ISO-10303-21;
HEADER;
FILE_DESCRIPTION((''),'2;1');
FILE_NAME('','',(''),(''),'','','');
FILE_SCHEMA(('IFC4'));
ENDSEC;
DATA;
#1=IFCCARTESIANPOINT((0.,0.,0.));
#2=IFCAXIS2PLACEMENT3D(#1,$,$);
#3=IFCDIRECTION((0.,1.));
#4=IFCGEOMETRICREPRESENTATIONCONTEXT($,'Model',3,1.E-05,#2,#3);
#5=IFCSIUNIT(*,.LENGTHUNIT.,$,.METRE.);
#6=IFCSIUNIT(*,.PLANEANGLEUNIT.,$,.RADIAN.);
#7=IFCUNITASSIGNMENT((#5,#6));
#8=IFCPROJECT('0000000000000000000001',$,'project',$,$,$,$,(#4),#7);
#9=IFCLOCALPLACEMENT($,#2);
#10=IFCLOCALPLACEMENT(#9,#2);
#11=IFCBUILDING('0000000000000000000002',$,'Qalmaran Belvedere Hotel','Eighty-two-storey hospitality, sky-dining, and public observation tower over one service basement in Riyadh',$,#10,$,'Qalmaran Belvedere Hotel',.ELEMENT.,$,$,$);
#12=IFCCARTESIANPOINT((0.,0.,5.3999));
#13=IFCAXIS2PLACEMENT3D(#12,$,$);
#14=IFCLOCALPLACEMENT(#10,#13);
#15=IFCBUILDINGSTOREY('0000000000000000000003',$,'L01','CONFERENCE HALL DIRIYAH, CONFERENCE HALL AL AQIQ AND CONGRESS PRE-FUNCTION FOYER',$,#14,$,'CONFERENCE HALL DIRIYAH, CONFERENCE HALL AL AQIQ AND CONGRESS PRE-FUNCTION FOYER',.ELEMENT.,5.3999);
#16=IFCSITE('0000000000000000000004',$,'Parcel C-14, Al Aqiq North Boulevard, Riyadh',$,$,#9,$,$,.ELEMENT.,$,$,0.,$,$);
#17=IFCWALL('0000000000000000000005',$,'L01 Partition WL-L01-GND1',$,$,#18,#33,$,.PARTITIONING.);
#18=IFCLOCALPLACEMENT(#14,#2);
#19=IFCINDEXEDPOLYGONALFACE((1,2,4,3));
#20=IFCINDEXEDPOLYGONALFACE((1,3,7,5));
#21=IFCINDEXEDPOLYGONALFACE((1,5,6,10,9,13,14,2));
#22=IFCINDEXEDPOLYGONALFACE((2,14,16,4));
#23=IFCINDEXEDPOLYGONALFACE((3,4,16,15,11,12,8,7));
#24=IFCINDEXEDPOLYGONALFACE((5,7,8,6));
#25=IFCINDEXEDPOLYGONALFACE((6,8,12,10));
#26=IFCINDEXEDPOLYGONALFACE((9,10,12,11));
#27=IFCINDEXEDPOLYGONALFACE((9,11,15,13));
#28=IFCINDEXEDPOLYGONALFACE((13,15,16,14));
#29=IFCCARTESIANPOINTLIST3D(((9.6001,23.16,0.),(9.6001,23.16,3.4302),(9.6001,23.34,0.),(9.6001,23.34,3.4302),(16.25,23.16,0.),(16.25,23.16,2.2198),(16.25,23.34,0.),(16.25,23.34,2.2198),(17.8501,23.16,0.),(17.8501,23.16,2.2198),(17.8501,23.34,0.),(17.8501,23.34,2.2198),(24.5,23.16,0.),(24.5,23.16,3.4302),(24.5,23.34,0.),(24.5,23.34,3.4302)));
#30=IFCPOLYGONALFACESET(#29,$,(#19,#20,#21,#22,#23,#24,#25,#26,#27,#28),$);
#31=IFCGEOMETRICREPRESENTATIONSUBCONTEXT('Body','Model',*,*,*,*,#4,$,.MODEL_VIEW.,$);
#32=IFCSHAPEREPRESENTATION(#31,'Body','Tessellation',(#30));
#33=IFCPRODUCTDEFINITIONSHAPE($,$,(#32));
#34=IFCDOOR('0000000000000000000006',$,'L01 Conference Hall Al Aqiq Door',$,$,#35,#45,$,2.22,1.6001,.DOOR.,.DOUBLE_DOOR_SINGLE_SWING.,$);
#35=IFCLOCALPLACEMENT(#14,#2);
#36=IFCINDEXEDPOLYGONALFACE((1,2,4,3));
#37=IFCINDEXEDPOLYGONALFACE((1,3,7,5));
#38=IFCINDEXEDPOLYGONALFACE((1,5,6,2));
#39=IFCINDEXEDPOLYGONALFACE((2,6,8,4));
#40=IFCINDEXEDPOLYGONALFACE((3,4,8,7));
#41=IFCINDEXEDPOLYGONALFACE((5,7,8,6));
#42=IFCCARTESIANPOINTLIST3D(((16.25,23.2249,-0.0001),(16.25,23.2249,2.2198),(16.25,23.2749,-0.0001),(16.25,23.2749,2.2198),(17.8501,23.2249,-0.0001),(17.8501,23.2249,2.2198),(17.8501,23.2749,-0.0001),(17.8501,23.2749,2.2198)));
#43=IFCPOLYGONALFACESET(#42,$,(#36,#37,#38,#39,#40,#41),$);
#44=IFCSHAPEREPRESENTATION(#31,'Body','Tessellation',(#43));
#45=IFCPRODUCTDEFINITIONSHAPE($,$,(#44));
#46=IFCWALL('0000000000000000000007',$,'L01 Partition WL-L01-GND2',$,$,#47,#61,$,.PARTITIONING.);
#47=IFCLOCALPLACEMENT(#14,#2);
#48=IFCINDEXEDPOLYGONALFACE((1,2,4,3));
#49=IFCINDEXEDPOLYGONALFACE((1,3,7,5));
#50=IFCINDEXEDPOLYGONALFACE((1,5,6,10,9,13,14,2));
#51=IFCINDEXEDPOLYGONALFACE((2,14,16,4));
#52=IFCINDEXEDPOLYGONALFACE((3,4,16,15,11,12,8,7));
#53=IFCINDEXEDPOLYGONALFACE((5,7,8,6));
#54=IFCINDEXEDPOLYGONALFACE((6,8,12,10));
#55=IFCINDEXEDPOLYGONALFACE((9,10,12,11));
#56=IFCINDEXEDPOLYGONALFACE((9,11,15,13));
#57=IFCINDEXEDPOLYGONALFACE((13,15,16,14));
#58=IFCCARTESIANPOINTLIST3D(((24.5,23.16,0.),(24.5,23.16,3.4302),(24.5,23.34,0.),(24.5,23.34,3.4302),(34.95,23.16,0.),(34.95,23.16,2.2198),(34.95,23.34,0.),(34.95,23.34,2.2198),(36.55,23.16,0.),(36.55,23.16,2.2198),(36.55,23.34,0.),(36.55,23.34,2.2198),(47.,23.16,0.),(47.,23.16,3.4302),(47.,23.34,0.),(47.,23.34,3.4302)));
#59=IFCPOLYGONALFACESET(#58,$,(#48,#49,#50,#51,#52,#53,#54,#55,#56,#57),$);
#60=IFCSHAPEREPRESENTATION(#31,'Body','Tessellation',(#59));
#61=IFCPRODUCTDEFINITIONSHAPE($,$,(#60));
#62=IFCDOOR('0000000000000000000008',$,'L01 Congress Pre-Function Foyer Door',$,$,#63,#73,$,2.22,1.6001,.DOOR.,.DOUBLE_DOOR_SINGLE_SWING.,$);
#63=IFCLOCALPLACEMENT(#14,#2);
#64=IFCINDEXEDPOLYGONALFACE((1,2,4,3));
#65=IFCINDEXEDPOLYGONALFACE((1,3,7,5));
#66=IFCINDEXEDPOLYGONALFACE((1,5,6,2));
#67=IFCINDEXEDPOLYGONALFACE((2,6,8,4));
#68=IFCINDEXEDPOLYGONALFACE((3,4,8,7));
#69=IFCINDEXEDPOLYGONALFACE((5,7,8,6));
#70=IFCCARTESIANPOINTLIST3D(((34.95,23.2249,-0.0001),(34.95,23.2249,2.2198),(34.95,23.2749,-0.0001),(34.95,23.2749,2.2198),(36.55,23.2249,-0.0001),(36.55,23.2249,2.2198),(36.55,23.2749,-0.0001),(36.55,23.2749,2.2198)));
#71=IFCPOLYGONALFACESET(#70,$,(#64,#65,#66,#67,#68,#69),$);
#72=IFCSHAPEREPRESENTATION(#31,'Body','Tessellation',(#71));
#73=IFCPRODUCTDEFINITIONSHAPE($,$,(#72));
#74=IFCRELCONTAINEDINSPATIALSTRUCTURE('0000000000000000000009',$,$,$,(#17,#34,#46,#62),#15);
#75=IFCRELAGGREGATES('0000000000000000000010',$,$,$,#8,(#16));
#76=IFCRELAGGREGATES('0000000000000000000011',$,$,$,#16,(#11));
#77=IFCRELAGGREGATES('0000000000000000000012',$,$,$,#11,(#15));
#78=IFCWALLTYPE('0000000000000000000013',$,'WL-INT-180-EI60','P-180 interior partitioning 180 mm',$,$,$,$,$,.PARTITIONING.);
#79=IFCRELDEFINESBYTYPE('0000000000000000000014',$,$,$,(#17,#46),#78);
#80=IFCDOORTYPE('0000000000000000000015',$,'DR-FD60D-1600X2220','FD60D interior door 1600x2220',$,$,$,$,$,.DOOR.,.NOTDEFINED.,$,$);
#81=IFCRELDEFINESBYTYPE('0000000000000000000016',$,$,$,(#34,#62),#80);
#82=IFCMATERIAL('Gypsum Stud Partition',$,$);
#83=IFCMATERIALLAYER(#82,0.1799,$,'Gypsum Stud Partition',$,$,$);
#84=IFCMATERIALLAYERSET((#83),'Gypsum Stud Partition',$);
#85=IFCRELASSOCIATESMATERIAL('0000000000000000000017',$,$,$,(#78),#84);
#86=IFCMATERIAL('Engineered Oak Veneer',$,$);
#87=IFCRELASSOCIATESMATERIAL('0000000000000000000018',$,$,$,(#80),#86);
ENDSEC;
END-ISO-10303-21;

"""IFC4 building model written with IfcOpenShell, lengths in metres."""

from ifc_helpers import new_model, si_unit, direction, frame, frame_2d, origin, place, context, subcontext, project, spatial, rectangle, extrude, material, layer, layer_set, type_object, element, fill, save


model = new_model("IFC4")

# Units and contexts
model_context = context("Model", 3, precision=1e-05, world=origin(), true_north=direction((0.0, 1.0)))
body_context = subcontext(model_context, "Body", "Model", "MODEL_VIEW")
ifc_project = project(units=[si_unit("LENGTHUNIT", "METRE"), si_unit("PLANEANGLEUNIT", "RADIAN")], contexts=[model_context])

# Site, building, storey
site_placement = place(None, origin())
site = spatial("IfcSite", under=ifc_project, at=site_placement, Name="Parcel C-14, Al Aqiq North Boulevard, Riyadh", CompositionType="ELEMENT", RefElevation=0.0)
building_placement = place(site_placement, origin())
building = spatial("IfcBuilding", under=site, at=building_placement, Name="Qalmaran Belvedere Hotel", Description="Eighty-two-storey hospitality, sky-dining, and public observation tower over one service basement in Riyadh", LongName="Qalmaran Belvedere Hotel", CompositionType="ELEMENT")
storey_placement = place(building_placement, frame((0.0, 0.0, 5.3999)))
storey = spatial("IfcBuildingStorey", under=building, at=storey_placement, Name="L01", Description="CONFERENCE HALL DIRIYAH, CONFERENCE HALL AL AQIQ AND CONGRESS PRE-FUNCTION FOYER", LongName="CONFERENCE HALL DIRIYAH, CONFERENCE HALL AL AQIQ AND CONGRESS PRE-FUNCTION FOYER", CompositionType="ELEMENT", Elevation=5.3999)

# Shared definitions
ifc_material_1 = material(Name="Gypsum Stud Partition")

# Walls, openings, doors
ifc_layer_1 = layer(ifc_material_1, 0.1799, Name="Gypsum Stud Partition")
ifc_layer_set_1 = layer_set([ifc_layer_1], Name="Gypsum Stud Partition")
wall_type_1 = type_object("IfcWallType", Name="WL-INT-180-EI60", Description="P-180 interior partitioning 180 mm", PredefinedType="PARTITIONING", material=ifc_layer_set_1)
wall_1_placement = place(storey_placement, frame((9.6001, 23.25, 0.0), z_axis=(0.0, 0.0, 1.0), x_axis=(1.0, 0.0, 0.0)))
wall_1 = element("IfcWall", 1, at=wall_1_placement, inside=storey, type_object=wall_type_1, Name="L01 Partition WL-L01-GND1", PredefinedType="PARTITIONING", context=body_context, shape_type="SweptSolid", body=[
    extrude(rectangle(XDim=14.8999, YDim=0.1799, at=frame_2d((7.45, 0.0))), origin(), (0.0, 0.0, 1.0), 3.4302),
])
opening_1_placement = place(wall_1_placement, frame((6.6499, 0.0, 0.0)))
opening_1 = element("IfcOpeningElement", 2, at=opening_1_placement, cuts=wall_1, PredefinedType="OPENING", context=body_context, shape_type="SweptSolid", body=[
    extrude(rectangle(XDim=1.6001, YDim=2.22, at=frame_2d((0.8, 1.1099))), frame((0.0, 0.1001, 0.0), z_axis=(0.0, -1.0, 0.0), x_axis=(1.0, 0.0, 0.0)), (0.0, 0.0, 1.0), 0.2),
])
ifc_material_2 = material(Name="Engineered Oak Veneer")
door_type_1 = type_object("IfcDoorType", Name="DR-FD60D-1600X2220", Description="FD60D interior door 1600x2220", OperationType="NOTDEFINED", PredefinedType="DOOR", material=ifc_material_2)
door_1_placement = place(opening_1_placement, origin())
door_1 = element("IfcDoor", 3, at=door_1_placement, inside=storey, type_object=door_type_1, Name="L01 Conference Hall Al Aqiq Door", OperationType="DOUBLE_DOOR_SINGLE_SWING", OverallHeight=2.22, OverallWidth=1.6001, PredefinedType="DOOR", context=body_context, shape_type="SweptSolid", body=[
    extrude(rectangle(XDim=1.6001, YDim=2.22, at=frame_2d((0.8, 1.1099))), frame((0.0, 0.0249, 0.0), z_axis=(0.0, -1.0, 0.0), x_axis=(1.0, 0.0, 0.0)), (0.0, 0.0, 1.0), 0.05),
])
fill(opening_1, door_1)
wall_2_placement = place(storey_placement, frame((24.5, 23.25, 0.0), z_axis=(0.0, 0.0, 1.0), x_axis=(1.0, 0.0, 0.0)))
wall_2 = element("IfcWall", 4, at=wall_2_placement, inside=storey, type_object=wall_type_1, Name="L01 Partition WL-L01-GND2", PredefinedType="PARTITIONING", context=body_context, shape_type="SweptSolid", body=[
    extrude(rectangle(XDim=22.5, YDim=0.1799, at=frame_2d((11.25, 0.0))), origin(), (0.0, 0.0, 1.0), 3.4302),
])
opening_2_placement = place(wall_2_placement, frame((10.45, 0.0, 0.0)))
opening_2 = element("IfcOpeningElement", 5, at=opening_2_placement, cuts=wall_2, PredefinedType="OPENING", context=body_context, shape_type="SweptSolid", body=[
    extrude(rectangle(XDim=1.6001, YDim=2.22, at=frame_2d((0.8, 1.1099))), frame((0.0, 0.1001, 0.0), z_axis=(0.0, -1.0, 0.0), x_axis=(1.0, 0.0, 0.0)), (0.0, 0.0, 1.0), 0.2),
])
door_2_placement = place(opening_2_placement, origin())
door_2 = element("IfcDoor", 6, at=door_2_placement, inside=storey, type_object=door_type_1, Name="L01 Congress Pre-Function Foyer Door", OperationType="DOUBLE_DOOR_SINGLE_SWING", OverallHeight=2.22, OverallWidth=1.6001, PredefinedType="DOOR", context=body_context, shape_type="SweptSolid", body=[
    extrude(rectangle(XDim=1.6001, YDim=2.22, at=frame_2d((0.8, 1.1099))), frame((0.0, 0.0249, 0.0), z_axis=(0.0, -1.0, 0.0), x_axis=(1.0, 0.0, 0.0)), (0.0, 0.0, 1.0), 0.05),
])
fill(opening_2, door_2)

save(model, "model.ifc")
